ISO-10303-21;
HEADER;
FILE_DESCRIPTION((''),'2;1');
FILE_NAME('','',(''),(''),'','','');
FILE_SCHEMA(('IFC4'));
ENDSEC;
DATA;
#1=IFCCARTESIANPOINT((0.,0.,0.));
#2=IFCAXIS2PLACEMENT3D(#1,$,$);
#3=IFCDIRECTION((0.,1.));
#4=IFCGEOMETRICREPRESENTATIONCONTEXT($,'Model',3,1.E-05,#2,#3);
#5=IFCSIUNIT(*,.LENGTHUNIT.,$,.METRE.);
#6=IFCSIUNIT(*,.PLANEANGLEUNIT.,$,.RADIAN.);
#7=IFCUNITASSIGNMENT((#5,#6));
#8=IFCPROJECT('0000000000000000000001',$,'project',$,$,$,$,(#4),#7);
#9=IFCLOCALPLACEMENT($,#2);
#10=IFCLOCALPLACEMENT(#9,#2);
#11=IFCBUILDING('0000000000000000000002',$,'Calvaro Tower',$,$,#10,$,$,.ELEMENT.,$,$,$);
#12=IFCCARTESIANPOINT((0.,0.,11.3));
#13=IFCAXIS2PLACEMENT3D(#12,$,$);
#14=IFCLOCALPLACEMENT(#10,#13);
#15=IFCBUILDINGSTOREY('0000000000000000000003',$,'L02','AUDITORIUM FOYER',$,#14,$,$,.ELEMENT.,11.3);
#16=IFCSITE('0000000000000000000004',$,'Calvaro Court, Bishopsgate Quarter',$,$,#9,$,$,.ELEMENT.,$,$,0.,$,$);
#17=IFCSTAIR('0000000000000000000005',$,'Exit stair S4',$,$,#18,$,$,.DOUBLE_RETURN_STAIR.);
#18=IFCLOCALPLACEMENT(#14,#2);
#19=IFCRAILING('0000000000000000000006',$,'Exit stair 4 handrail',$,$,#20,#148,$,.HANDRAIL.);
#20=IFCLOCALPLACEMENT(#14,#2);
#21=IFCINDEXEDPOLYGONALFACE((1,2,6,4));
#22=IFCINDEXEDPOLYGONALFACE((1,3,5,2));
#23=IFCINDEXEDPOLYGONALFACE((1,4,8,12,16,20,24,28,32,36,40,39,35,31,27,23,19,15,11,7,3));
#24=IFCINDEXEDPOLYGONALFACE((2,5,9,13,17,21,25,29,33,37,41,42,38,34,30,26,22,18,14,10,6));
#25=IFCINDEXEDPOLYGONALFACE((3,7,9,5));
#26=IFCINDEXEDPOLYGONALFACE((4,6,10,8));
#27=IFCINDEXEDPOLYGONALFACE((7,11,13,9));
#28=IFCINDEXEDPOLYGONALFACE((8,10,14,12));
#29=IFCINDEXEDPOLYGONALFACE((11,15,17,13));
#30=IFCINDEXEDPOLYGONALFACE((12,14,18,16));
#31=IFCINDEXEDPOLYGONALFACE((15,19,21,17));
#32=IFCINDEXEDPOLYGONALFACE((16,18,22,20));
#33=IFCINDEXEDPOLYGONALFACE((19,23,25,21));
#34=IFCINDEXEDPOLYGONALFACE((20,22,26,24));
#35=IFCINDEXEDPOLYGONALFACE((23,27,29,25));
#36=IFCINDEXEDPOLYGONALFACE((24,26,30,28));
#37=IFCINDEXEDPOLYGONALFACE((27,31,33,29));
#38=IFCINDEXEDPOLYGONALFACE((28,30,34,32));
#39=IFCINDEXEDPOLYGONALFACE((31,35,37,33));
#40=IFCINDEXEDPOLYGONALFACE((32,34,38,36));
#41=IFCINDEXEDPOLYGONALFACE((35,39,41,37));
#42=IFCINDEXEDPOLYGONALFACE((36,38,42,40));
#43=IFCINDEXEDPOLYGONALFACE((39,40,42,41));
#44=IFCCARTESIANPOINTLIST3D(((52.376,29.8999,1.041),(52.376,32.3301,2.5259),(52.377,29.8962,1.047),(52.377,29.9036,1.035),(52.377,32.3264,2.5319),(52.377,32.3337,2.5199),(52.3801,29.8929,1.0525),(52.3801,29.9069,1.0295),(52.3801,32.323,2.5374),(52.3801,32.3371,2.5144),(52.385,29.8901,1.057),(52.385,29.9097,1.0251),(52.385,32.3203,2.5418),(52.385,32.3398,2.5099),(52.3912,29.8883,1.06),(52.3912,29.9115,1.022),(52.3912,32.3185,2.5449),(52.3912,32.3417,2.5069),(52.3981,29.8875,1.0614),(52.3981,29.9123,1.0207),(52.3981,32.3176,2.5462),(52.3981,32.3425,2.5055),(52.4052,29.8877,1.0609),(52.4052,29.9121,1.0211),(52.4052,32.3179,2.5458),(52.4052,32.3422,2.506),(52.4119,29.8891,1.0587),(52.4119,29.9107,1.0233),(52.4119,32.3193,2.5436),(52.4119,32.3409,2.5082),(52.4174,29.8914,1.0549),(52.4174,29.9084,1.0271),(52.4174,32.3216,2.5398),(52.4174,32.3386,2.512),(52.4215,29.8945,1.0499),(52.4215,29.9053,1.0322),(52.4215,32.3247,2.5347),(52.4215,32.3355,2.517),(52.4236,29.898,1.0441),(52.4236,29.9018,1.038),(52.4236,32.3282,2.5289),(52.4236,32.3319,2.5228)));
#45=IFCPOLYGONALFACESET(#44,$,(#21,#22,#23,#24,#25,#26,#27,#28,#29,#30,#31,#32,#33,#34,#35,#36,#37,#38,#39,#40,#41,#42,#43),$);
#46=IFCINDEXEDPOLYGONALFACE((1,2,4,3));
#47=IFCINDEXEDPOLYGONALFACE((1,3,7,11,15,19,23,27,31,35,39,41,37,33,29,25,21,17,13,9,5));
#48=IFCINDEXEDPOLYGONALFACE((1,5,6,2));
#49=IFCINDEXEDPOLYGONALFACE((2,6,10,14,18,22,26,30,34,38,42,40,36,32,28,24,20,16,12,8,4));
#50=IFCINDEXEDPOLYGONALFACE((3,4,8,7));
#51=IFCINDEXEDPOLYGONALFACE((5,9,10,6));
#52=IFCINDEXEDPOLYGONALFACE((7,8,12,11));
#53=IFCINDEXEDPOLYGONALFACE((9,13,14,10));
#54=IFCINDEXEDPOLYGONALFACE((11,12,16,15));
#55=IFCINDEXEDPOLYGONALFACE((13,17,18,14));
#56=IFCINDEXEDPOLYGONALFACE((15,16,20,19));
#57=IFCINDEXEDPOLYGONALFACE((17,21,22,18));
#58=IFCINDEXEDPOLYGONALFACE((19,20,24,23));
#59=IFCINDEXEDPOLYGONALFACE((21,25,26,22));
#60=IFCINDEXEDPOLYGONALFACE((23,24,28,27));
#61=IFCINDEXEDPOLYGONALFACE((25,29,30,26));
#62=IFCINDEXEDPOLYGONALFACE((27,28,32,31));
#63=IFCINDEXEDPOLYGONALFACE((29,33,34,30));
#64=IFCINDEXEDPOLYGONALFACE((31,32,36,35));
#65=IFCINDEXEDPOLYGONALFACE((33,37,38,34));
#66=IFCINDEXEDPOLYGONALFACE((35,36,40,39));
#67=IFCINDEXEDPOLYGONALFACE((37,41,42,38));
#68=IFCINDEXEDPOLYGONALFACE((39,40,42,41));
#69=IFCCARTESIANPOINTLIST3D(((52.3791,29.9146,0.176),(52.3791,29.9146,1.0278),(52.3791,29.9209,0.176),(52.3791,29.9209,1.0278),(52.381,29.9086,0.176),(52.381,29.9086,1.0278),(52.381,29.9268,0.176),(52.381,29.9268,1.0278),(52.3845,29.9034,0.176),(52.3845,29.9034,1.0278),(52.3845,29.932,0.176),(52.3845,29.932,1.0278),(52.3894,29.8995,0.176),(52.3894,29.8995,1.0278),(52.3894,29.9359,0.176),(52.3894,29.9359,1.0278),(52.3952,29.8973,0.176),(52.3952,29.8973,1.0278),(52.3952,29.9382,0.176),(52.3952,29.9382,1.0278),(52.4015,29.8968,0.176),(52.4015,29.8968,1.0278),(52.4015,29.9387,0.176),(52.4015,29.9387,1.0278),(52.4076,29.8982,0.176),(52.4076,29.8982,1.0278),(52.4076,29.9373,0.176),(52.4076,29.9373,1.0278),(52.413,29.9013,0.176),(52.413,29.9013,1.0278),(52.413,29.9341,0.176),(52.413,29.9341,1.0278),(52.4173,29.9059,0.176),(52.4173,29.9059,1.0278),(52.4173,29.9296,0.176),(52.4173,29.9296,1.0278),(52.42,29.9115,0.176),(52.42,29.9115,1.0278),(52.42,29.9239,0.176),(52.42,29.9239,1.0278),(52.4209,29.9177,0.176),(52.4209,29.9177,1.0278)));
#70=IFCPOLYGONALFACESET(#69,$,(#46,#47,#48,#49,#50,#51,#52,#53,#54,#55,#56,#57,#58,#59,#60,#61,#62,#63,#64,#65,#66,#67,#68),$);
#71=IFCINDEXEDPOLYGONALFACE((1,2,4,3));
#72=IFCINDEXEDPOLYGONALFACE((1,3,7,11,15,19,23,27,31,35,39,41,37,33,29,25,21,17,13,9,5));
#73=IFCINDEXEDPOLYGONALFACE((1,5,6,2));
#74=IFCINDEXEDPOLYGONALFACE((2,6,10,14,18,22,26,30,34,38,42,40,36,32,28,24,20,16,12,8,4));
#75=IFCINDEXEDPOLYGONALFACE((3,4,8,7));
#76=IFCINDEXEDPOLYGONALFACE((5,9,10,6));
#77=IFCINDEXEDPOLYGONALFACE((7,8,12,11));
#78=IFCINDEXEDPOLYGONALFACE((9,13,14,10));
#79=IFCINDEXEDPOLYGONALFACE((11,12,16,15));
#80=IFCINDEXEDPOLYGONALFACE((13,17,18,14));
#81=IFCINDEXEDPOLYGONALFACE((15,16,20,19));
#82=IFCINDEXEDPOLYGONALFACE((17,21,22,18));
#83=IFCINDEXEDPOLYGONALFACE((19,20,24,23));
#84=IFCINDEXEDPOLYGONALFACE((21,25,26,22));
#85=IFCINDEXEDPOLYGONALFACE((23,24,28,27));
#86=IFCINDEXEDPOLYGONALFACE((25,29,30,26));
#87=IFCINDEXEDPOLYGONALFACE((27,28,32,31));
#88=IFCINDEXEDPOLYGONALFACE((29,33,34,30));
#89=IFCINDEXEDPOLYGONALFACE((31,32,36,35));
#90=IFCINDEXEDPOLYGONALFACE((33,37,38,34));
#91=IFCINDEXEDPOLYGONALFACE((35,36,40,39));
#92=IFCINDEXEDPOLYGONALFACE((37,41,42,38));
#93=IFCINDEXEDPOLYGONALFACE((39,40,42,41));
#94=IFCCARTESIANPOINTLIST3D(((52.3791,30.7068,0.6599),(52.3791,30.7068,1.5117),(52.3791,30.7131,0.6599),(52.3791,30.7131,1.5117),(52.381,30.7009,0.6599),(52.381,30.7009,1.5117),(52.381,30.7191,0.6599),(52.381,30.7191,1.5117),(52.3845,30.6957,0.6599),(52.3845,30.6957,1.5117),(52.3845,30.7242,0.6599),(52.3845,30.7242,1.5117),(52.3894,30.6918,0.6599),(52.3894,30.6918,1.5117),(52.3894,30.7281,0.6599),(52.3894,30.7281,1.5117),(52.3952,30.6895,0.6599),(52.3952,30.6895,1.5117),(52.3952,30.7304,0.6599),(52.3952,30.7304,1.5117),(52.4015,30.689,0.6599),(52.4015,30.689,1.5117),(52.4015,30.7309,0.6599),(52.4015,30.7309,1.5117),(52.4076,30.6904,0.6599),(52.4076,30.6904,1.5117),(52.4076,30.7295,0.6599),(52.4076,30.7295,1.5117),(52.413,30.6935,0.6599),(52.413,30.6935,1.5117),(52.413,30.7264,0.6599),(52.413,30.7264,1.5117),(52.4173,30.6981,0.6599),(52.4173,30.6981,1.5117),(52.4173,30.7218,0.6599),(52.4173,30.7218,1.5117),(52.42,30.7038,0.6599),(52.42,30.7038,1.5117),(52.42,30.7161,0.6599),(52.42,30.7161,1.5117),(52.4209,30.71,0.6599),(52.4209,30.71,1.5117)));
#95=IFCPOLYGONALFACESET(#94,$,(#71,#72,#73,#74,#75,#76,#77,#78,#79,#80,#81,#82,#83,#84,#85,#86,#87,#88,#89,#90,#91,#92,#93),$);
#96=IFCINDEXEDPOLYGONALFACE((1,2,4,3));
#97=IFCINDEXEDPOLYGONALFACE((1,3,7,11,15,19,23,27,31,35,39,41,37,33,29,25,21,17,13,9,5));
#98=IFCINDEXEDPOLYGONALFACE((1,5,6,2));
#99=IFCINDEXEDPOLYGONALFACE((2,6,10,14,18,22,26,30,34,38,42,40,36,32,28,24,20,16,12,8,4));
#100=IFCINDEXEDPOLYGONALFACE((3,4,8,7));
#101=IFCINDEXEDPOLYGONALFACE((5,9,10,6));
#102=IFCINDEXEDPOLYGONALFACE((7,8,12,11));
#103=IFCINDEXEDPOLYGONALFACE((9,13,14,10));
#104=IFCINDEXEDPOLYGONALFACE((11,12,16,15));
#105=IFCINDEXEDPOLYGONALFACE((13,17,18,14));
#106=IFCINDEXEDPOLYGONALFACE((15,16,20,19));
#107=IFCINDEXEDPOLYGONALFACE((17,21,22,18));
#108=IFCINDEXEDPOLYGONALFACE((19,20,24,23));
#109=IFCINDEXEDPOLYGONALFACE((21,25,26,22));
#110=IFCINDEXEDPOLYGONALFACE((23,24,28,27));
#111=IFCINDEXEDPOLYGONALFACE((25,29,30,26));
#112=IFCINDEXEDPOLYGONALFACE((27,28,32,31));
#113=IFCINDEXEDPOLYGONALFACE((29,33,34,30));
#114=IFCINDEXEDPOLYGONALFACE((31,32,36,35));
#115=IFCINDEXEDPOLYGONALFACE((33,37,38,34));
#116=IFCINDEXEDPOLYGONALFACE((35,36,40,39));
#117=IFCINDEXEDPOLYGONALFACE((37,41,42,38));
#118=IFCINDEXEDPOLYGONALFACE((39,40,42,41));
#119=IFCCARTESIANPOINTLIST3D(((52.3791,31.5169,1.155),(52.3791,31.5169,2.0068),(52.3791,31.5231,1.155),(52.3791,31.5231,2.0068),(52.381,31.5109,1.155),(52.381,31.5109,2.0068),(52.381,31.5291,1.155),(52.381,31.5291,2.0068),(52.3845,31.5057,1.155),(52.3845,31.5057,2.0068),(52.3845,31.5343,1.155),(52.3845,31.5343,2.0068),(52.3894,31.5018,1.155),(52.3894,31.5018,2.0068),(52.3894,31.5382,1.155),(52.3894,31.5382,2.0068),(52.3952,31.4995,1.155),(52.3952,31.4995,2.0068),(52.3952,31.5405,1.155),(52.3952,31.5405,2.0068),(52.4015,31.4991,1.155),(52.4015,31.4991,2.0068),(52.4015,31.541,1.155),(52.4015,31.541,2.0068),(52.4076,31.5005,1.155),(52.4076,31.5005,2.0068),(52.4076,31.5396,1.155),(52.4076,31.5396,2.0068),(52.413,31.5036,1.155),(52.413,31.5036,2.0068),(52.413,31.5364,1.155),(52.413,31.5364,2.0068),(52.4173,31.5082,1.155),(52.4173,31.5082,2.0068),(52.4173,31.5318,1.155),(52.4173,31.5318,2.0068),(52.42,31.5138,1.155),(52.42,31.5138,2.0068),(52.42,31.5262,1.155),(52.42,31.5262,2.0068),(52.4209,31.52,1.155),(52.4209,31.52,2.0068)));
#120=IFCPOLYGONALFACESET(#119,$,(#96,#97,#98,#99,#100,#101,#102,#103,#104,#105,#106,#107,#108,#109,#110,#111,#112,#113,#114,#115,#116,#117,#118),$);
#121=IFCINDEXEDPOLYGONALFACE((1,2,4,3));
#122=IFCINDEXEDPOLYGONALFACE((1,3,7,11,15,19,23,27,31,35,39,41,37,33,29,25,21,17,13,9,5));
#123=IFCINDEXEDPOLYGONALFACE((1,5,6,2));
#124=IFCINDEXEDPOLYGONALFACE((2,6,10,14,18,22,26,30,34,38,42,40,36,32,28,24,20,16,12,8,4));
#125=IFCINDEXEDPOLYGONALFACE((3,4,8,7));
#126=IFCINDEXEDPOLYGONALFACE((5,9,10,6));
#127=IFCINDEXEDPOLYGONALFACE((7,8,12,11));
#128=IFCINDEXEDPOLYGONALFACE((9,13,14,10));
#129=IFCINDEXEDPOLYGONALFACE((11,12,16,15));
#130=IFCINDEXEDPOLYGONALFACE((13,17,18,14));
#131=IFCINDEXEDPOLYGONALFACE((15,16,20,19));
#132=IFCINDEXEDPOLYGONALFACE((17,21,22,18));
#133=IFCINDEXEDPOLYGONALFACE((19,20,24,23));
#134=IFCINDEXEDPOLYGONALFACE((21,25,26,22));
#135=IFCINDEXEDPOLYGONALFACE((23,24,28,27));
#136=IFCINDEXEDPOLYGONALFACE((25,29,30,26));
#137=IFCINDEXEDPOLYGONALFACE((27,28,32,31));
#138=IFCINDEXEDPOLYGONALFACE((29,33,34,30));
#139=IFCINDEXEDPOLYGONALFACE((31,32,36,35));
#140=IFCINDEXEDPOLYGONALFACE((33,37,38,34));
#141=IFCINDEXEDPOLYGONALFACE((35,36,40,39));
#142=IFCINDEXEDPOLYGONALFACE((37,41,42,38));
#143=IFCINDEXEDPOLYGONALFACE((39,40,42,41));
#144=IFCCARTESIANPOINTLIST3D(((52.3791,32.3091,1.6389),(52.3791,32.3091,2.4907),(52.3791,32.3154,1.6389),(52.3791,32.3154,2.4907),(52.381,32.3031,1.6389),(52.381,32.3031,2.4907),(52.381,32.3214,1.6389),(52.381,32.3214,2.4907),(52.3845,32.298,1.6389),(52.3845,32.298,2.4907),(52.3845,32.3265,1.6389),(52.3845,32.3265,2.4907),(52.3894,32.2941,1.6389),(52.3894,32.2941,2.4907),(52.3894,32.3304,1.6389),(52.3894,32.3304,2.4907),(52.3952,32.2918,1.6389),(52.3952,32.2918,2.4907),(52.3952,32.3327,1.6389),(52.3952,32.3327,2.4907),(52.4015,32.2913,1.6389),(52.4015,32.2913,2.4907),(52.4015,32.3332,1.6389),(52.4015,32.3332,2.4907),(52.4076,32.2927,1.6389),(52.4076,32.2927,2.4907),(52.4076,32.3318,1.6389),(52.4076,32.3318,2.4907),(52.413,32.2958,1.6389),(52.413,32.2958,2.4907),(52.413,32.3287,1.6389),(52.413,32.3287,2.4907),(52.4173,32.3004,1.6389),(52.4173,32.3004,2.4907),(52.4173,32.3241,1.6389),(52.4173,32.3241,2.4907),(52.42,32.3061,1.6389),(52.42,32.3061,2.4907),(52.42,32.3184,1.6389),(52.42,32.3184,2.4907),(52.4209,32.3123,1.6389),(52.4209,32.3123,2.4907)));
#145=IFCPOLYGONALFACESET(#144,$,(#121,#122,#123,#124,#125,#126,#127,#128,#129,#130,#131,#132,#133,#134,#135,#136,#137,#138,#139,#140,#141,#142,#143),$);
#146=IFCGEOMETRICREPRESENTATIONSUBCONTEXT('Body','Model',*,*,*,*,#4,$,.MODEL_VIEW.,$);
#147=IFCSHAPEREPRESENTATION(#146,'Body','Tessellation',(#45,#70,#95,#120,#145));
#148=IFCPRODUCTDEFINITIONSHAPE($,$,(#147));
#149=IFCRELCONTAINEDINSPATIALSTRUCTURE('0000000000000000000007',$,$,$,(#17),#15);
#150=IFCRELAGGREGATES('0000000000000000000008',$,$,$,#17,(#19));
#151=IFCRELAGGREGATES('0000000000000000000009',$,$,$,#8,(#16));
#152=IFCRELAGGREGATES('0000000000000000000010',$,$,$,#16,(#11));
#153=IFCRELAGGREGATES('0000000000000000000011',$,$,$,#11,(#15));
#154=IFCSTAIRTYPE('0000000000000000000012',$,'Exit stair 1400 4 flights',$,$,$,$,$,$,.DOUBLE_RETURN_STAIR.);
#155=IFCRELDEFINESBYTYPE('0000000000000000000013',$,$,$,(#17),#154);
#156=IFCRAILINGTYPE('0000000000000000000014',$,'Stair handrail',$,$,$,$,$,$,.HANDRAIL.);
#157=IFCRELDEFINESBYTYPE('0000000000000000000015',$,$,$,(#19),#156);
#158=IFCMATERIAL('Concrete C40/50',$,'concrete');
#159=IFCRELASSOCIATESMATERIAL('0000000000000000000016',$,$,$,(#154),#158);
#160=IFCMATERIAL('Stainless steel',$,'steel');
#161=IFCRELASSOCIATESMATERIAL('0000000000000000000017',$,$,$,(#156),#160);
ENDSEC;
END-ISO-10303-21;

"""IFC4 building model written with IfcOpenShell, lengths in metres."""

from ifc_helpers import new_model, si_unit, direction, frame, origin, origin_2d, place, context, subcontext, project, spatial, circle, extrude, material, type_object, element, aggregate, save


model = new_model("IFC4")

# Units and contexts
model_context = context("Model", 3, precision=1e-05, world=origin(), true_north=direction((0.0, 1.0)))
body_context = subcontext(model_context, "Body", "Model", "MODEL_VIEW")
ifc_project = project(units=[si_unit("LENGTHUNIT", "METRE"), si_unit("PLANEANGLEUNIT", "RADIAN")], contexts=[model_context])

# Site, building, storey
site_placement = place(None, origin())
site = spatial("IfcSite", under=ifc_project, at=site_placement, Name="Calvaro Court, Bishopsgate Quarter", CompositionType="ELEMENT", RefElevation=0.0)
building_placement = place(site_placement, origin())
building = spatial("IfcBuilding", under=site, at=building_placement, Name="Calvaro Tower", CompositionType="ELEMENT")
storey_placement = place(building_placement, frame((0.0, 0.0, 11.3)))
storey = spatial("IfcBuildingStorey", under=building, at=storey_placement, Name="L02", Description="AUDITORIUM FOYER", CompositionType="ELEMENT", Elevation=11.3)

# Stair
ifc_material_1 = material(Name="Concrete C40/50", Category="concrete")
stair_type = type_object("IfcStairType", Name="Exit stair 1400 4 flights", PredefinedType="DOUBLE_RETURN_STAIR", material=ifc_material_1)
stair_1_placement = place(storey_placement, origin())
stair_1 = element("IfcStair", 1, at=stair_1_placement, inside=storey, type_object=stair_type, Name="Exit stair S4", PredefinedType="DOUBLE_RETURN_STAIR")

# Shared definitions
ifc_material_2 = material(Name="Stainless steel", Category="steel")
railing_type = type_object("IfcRailingType", Name="Stair handrail", PredefinedType="HANDRAIL", material=ifc_material_2)

# Railing
railing_1_placement = place(storey_placement, frame((52.3999, 29.8999, 0.165)))
railing_1 = element("IfcRailing", 2, at=railing_1_placement, type_object=railing_type, Name="Exit stair 4 handrail", PredefinedType="HANDRAIL", context=body_context, shape_type="SweptSolid", body=[
    extrude(circle(Radius=0.0239, at=origin_2d()), frame((0.0, 0.0, 0.876), z_axis=(0.0, 0.85332, 0.521388), x_axis=(-1.0, 0.0, 0.0)), (0.0, 0.0, 1.0), 2.8479),
    extrude(circle(Radius=0.021, at=origin_2d()), frame((0.0, 0.0178, 0.011)), (0.0, 0.0, 1.0), 0.8518),
    extrude(circle(Radius=0.021, at=origin_2d()), frame((0.0, 0.8101, 0.4949)), (0.0, 0.0, 1.0), 0.8518),
    extrude(circle(Radius=0.021, at=origin_2d()), frame((0.0, 1.6201, 0.99)), (0.0, 0.0, 1.0), 0.8518),
    extrude(circle(Radius=0.021, at=origin_2d()), frame((0.0, 2.4124, 1.4739)), (0.0, 0.0, 1.0), 0.8518),
])
aggregate(stair_1, [railing_1])

save(model, "model.ifc")
